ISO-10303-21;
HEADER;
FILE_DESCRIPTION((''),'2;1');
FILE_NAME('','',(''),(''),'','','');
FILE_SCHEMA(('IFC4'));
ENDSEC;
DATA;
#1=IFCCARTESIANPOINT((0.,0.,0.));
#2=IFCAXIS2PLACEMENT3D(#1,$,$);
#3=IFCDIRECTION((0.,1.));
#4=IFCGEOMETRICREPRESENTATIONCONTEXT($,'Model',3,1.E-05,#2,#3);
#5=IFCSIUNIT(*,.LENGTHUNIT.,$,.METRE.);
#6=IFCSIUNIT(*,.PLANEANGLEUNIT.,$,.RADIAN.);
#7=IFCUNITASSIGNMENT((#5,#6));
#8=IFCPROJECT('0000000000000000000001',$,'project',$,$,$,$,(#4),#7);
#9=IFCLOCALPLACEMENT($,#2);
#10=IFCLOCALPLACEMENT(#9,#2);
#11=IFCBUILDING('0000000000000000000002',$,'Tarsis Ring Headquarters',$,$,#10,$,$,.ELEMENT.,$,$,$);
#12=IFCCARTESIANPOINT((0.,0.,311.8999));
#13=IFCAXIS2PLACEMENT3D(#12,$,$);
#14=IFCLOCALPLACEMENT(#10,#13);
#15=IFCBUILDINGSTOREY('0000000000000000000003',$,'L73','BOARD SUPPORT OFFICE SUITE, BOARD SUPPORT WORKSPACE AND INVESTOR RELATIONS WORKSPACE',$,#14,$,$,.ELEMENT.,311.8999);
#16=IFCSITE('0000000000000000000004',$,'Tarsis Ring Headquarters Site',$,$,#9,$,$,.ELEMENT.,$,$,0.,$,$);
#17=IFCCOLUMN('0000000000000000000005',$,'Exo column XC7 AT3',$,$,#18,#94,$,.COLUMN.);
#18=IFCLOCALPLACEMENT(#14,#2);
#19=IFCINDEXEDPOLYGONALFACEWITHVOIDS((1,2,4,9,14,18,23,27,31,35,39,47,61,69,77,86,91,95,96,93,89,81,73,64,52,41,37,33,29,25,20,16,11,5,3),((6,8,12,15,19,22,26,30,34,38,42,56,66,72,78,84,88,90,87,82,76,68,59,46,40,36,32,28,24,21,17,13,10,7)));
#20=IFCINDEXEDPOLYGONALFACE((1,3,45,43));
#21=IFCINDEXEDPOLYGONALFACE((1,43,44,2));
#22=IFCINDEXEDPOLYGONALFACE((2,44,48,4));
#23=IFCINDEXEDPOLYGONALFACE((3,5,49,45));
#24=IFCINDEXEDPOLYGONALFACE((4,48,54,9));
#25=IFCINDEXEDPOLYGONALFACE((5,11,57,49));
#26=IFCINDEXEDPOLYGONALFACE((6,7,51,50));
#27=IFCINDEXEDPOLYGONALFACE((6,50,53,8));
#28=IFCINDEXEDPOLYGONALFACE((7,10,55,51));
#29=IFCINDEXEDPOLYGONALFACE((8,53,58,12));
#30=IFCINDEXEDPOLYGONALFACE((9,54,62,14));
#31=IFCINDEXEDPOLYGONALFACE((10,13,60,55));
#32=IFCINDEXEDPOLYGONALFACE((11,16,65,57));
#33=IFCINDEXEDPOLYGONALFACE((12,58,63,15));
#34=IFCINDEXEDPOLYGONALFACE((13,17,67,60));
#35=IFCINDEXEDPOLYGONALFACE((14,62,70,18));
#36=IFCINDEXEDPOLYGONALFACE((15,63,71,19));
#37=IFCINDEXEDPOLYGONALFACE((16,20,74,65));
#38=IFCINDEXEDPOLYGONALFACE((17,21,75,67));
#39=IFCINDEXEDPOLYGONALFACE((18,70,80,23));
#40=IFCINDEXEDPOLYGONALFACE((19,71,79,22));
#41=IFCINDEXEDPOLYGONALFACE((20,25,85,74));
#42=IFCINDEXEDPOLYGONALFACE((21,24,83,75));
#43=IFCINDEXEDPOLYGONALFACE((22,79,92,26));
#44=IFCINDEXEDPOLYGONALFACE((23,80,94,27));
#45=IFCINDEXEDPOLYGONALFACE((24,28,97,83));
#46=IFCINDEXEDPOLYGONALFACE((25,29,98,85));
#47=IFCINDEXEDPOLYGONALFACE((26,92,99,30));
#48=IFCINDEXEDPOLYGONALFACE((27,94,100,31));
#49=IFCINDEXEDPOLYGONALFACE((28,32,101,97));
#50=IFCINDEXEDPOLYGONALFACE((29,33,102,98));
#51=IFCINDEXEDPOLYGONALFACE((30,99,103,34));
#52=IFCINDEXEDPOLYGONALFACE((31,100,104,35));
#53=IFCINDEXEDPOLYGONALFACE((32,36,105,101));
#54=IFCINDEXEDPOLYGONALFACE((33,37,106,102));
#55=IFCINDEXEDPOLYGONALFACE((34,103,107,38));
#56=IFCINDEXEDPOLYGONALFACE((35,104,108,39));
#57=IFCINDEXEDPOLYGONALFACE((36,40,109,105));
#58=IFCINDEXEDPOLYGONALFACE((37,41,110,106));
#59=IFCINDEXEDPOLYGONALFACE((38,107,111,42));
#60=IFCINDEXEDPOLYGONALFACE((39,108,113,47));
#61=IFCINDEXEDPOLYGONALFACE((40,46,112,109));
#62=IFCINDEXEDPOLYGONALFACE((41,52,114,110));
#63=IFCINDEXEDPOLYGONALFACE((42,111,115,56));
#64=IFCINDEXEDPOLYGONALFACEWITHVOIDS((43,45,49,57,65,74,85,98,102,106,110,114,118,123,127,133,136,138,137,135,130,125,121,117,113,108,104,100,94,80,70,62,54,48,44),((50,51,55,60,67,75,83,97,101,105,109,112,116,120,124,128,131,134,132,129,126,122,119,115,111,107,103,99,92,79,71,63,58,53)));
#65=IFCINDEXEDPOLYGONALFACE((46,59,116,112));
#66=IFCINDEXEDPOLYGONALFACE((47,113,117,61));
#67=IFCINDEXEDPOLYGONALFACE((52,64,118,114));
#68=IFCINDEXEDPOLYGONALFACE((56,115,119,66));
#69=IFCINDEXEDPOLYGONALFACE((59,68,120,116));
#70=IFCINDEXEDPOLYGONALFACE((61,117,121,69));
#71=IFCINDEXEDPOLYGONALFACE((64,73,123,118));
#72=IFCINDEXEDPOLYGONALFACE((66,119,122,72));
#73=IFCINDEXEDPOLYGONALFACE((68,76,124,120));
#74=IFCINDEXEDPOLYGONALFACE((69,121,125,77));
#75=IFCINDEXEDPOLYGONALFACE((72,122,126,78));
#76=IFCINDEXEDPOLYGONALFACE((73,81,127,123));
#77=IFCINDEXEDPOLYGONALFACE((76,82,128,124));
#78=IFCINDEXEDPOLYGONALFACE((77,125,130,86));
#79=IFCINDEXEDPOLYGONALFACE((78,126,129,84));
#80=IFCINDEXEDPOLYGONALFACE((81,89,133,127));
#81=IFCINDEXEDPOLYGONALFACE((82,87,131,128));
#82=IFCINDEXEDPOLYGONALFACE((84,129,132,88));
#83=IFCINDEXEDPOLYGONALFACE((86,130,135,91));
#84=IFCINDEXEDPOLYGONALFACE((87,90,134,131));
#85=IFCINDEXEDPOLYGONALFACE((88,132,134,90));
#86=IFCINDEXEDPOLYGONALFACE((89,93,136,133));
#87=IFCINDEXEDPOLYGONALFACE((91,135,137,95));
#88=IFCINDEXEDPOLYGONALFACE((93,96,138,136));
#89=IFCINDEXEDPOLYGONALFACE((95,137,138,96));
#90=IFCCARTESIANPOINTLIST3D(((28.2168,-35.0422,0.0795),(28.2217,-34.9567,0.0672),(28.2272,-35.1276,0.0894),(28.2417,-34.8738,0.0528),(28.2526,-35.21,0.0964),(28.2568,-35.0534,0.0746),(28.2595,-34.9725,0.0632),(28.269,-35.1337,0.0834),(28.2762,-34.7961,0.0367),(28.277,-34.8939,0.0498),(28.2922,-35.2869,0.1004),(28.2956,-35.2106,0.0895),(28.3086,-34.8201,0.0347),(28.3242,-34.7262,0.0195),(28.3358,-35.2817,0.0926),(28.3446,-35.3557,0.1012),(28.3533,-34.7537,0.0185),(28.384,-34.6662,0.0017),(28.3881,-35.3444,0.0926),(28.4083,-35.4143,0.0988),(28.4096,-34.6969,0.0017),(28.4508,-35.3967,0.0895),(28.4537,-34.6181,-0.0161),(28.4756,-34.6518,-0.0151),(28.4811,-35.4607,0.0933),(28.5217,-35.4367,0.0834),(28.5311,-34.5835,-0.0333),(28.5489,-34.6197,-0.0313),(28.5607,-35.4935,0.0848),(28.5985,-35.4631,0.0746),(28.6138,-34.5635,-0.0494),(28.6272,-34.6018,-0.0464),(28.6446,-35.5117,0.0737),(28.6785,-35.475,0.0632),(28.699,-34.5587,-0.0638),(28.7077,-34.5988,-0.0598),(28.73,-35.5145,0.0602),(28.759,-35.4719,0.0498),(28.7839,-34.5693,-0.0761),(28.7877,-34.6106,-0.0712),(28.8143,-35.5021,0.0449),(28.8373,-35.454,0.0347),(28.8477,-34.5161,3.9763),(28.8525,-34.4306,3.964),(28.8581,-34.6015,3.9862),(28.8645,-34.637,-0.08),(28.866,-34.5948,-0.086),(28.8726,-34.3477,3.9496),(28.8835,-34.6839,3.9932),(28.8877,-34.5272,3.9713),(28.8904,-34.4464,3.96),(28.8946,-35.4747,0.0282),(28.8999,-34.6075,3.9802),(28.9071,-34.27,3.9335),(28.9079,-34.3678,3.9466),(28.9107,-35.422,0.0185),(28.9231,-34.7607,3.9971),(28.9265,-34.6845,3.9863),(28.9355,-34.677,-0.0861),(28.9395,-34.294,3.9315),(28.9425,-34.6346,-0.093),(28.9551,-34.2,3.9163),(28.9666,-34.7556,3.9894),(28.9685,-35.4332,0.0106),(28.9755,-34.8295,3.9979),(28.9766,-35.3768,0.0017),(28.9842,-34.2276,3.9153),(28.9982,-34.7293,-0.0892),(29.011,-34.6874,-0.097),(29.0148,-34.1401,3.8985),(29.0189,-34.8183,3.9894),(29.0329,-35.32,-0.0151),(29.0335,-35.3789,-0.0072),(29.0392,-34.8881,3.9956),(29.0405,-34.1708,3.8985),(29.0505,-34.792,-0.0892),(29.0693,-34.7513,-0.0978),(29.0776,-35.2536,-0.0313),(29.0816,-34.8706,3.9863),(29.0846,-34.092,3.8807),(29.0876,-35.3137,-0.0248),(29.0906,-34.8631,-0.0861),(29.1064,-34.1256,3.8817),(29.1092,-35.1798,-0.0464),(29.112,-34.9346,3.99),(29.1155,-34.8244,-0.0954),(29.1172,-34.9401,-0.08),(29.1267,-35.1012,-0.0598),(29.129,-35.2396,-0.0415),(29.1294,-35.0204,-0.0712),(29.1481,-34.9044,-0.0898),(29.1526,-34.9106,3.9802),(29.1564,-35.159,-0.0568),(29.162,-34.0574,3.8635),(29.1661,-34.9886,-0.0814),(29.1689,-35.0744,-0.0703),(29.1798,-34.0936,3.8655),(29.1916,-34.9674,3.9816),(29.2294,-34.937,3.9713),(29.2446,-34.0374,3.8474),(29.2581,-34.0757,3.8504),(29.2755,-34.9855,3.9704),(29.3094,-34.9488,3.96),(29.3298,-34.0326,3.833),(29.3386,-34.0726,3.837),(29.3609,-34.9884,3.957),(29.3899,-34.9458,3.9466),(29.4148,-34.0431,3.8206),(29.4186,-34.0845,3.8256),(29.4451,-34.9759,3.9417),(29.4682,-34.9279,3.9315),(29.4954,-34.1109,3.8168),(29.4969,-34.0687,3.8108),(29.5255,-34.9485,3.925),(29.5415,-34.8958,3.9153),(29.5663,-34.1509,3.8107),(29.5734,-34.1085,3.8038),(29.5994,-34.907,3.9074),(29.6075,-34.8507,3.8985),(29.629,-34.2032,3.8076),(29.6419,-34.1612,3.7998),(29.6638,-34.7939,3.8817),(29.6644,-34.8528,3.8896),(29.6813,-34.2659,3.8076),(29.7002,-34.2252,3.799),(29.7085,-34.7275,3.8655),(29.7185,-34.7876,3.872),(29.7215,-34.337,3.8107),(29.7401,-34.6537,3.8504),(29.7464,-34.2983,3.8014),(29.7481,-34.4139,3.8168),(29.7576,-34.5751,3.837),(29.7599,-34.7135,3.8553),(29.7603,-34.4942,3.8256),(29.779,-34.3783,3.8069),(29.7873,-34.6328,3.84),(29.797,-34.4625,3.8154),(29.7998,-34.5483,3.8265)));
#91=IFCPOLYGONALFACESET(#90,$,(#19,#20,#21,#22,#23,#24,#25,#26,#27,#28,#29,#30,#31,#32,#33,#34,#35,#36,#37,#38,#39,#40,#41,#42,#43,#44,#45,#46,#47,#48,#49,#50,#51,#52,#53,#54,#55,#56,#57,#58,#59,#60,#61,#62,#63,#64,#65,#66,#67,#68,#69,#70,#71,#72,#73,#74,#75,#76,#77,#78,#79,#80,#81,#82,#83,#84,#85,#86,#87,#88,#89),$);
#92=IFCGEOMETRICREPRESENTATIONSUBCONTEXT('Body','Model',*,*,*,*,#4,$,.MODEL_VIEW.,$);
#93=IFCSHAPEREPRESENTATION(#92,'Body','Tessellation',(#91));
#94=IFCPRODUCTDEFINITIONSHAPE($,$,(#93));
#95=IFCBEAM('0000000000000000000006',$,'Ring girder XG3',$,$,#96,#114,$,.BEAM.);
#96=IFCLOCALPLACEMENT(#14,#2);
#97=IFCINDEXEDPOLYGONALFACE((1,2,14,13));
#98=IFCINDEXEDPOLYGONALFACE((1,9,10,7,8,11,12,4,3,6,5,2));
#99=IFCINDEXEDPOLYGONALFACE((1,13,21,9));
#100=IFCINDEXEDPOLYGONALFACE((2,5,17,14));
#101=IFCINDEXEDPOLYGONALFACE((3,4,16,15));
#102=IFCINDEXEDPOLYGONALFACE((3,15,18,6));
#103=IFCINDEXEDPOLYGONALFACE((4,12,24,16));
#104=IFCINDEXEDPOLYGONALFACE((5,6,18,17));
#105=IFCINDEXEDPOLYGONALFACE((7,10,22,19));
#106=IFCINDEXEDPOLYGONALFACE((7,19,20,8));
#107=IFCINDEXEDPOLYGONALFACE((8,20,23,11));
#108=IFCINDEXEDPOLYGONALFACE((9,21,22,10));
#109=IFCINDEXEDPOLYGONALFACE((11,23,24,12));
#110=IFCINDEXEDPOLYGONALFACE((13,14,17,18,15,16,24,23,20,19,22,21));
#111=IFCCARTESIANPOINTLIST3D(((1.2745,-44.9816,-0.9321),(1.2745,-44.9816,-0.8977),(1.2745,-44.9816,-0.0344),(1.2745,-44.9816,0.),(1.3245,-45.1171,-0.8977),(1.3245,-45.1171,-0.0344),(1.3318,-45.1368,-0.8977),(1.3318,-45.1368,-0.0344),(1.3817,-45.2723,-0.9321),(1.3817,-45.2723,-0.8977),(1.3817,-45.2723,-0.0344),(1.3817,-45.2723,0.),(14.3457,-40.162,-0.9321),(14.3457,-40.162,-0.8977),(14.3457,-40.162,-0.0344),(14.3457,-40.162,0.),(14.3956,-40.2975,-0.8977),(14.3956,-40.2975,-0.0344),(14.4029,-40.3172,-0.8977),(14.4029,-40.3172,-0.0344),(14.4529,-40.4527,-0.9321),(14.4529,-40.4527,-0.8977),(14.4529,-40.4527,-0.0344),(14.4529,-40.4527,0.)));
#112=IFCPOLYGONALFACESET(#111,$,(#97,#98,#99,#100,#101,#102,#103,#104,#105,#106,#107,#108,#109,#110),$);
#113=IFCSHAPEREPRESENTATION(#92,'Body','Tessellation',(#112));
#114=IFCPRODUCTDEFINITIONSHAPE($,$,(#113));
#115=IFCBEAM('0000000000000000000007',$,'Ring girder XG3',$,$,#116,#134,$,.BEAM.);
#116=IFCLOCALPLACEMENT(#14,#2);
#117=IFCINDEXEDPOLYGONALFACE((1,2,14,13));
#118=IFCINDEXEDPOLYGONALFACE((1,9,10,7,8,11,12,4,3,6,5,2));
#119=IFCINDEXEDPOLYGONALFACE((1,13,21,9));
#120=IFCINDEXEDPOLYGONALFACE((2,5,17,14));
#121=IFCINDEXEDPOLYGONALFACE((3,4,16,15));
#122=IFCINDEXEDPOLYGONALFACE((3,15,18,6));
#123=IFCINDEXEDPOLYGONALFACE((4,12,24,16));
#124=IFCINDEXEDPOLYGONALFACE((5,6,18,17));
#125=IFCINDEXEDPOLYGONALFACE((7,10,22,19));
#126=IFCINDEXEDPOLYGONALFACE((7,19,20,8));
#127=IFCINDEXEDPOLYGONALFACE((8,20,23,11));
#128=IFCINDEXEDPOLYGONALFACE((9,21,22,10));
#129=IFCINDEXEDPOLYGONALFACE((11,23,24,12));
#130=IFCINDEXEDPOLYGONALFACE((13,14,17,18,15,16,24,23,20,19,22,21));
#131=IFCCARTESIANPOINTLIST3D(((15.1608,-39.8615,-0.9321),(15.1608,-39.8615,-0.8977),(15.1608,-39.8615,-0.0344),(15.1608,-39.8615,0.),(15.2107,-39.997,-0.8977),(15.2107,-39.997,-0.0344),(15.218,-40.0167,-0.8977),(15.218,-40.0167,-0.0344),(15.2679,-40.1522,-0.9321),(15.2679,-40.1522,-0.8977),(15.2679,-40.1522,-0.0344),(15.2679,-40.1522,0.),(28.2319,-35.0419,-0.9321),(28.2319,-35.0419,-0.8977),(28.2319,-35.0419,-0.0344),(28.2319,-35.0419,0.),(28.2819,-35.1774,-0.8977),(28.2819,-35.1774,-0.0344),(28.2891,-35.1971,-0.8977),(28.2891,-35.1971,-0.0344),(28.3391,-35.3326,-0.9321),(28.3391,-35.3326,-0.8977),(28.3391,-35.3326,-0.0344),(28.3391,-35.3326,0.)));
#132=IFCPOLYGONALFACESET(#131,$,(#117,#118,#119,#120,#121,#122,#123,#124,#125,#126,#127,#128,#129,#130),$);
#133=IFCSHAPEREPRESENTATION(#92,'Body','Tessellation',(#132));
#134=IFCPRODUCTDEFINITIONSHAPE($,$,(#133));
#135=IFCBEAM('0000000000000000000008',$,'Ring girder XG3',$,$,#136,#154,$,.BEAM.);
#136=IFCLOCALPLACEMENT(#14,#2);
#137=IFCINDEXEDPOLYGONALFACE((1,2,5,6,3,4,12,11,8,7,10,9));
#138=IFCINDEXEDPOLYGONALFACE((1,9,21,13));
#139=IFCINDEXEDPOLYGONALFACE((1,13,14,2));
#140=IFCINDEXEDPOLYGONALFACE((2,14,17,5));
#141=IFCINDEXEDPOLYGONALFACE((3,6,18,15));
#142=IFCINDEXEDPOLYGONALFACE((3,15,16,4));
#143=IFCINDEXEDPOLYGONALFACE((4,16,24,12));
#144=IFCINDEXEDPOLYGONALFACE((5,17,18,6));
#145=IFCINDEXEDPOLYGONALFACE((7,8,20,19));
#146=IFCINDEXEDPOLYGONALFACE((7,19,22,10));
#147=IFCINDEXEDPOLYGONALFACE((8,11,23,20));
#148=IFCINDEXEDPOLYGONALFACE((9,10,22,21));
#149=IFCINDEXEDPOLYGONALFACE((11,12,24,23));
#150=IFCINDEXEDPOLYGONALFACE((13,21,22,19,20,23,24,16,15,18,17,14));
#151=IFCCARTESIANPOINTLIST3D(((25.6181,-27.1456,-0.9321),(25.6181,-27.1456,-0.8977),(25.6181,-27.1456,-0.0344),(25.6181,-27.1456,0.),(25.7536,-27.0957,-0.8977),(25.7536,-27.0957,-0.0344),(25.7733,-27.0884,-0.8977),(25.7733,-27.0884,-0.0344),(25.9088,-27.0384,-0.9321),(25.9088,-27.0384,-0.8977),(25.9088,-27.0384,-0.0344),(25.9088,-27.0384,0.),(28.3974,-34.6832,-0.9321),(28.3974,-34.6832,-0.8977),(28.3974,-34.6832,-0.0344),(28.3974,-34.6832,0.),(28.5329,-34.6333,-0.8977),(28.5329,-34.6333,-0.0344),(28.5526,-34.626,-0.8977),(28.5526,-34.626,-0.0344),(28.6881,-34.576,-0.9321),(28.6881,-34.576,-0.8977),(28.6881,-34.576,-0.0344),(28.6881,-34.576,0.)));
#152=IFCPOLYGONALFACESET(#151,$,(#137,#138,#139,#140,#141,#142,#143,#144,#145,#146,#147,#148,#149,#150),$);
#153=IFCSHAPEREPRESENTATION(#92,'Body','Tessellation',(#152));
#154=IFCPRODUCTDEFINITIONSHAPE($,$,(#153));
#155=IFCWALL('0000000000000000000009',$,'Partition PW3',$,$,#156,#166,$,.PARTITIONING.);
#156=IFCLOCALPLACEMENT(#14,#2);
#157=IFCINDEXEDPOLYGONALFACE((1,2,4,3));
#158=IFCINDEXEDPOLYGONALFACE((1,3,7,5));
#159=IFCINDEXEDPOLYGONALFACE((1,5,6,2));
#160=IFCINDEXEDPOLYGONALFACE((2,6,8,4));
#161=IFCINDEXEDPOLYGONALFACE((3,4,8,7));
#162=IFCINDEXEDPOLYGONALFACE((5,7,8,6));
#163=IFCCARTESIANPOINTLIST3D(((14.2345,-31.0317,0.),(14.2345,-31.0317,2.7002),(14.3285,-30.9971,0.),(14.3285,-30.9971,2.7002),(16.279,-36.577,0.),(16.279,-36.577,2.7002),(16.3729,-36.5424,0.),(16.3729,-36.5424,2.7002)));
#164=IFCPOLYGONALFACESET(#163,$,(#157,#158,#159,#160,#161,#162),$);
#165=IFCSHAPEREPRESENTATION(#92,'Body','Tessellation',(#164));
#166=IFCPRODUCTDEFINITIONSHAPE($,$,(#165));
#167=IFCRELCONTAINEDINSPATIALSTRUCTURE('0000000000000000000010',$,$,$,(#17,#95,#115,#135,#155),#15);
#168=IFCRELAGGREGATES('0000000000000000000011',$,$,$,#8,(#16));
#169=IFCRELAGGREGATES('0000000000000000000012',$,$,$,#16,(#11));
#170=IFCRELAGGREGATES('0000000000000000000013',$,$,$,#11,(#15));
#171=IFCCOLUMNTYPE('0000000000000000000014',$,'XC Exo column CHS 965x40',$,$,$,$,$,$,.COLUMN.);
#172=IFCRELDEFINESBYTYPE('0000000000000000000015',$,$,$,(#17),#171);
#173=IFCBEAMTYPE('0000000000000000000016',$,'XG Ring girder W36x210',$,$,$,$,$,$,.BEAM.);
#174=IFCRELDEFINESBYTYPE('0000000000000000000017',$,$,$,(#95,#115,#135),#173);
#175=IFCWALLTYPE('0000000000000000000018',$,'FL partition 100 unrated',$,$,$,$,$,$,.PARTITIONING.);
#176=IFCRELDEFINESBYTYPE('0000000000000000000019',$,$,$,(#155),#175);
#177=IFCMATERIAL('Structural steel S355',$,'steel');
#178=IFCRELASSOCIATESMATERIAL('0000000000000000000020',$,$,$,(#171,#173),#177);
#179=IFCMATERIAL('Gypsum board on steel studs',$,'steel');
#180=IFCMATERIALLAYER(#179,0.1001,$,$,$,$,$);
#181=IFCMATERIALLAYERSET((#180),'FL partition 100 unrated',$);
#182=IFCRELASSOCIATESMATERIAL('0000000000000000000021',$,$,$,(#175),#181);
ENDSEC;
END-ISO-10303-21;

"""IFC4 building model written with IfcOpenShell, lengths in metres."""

from ifc_helpers import new_model, si_unit, direction, frame, frame_2d, origin, origin_2d, place, context, subcontext, project, spatial, rectangle, hollow_circle, i_section, extrude, material, layer, layer_set, material_profile, profile_set, type_object, element, save


model = new_model("IFC4")

# Units and contexts
model_context = context("Model", 3, precision=1e-05, world=origin(), true_north=direction((0.0, 1.0)))
body_context = subcontext(model_context, "Body", "Model", "MODEL_VIEW")
ifc_project = project(units=[si_unit("LENGTHUNIT", "METRE"), si_unit("PLANEANGLEUNIT", "RADIAN")], contexts=[model_context])

# Site, building, storey
site_placement = place(None, origin())
site = spatial("IfcSite", under=ifc_project, at=site_placement, Name="Tarsis Ring Headquarters Site", CompositionType="ELEMENT", RefElevation=0.0)
building_placement = place(site_placement, origin())
building = spatial("IfcBuilding", under=site, at=building_placement, Name="Tarsis Ring Headquarters", CompositionType="ELEMENT")
storey_placement = place(building_placement, frame((0.0, 0.0, 311.8999)))
storey = spatial("IfcBuildingStorey", under=building, at=storey_placement, Name="L73", Description="BOARD SUPPORT OFFICE SUITE, BOARD SUPPORT WORKSPACE AND INVESTOR RELATIONS WORKSPACE", CompositionType="ELEMENT", Elevation=311.8999)

# Column
ifc_material_1 = material(Name="Structural steel S355", Category="steel")
ifc_material_profile_1 = material_profile(ifc_material_1, hollow_circle(Radius=0.4827, WallThickness=0.04, at=origin_2d()), Name="CHS 965x40")
ifc_profile_set_1 = profile_set([ifc_material_profile_1], Name="Structural steel S355")
column_type = type_object("IfcColumnType", Name="XC Exo column CHS 965x40", PredefinedType="COLUMN", material=ifc_profile_set_1)
column_1_placement = place(storey_placement, frame((28.6931, -35.0369, 0.0017), z_axis=(0.158413, 0.132113, 0.978494), x_axis=(-0.640477, 0.767978, 0.0)))
element("IfcColumn", 1, at=column_1_placement, inside=storey, type_object=column_type, Name="Exo column XC7 AT3", PredefinedType="COLUMN", context=body_context, shape_type="SweptSolid", body=[
    extrude(hollow_circle(Radius=0.4827, WallThickness=0.04, at=origin_2d()), origin(), (0.0, 0.0, 1.0), 3.9824),
])

# Beams
ifc_material_profile_2 = material_profile(ifc_material_1, i_section(OverallWidth=0.3098, OverallDepth=0.9321, WebThickness=0.021, FlangeThickness=0.0344, at=origin_2d()), Name="W36x210")
ifc_profile_set_2 = profile_set([ifc_material_profile_2], Name="Structural steel S355")
beam_type = type_object("IfcBeamType", Name="XG Ring girder W36x210", PredefinedType="BEAM", material=ifc_profile_set_2)
for number, where, z_axis, x_axis, name in (
    (2, (1.3281, -45.127, -0.4661), (0.938252, 0.345954, 0.0), (-0.345954, 0.938252, 0.0), "Ring girder XG3"),
    (3, (15.2144, -40.0068, -0.4661), (0.938252, 0.345954, 0.0), (-0.345954, 0.938252, 0.0), "Ring girder XG3"),
):
    element("IfcBeam", number, at=place(storey_placement, frame(where, z_axis=z_axis, x_axis=x_axis)), inside=storey, type_object=beam_type, Name=name, PredefinedType="BEAM", context=body_context, shape_type="SweptSolid", body=[
        extrude(i_section(OverallWidth=0.3098, OverallDepth=0.9321, WebThickness=0.021, FlangeThickness=0.0344, at=origin_2d()), origin(), (0.0, 0.0, 1.0), 13.9314),
    ])
beam_placement = place(storey_placement, frame((28.5427, -34.6296, -0.4661), z_axis=(-0.345956, 0.938251, 0.0), x_axis=(-0.938251, -0.345956, 0.0)))
element("IfcBeam", 4, at=beam_placement, inside=storey, type_object=beam_type, Name="Ring girder XG3", PredefinedType="BEAM", context=body_context, shape_type="SweptSolid", body=[
    extrude(i_section(OverallWidth=0.3098, OverallDepth=0.9321, WebThickness=0.021, FlangeThickness=0.0344, at=origin_2d()), origin(), (0.0, 0.0, 1.0), 8.0337),
])

# Wall
ifc_material_2 = material(Name="Gypsum board on steel studs", Category="steel")
ifc_layer_1 = layer(ifc_material_2, 0.1001)
ifc_layer_set_1 = layer_set([ifc_layer_1], Name="FL partition 100 unrated")
wall_type_1 = type_object("IfcWallType", Name="FL partition 100 unrated", PredefinedType="PARTITIONING", material=ifc_layer_set_1)
wall_1_placement = place(storey_placement, frame((14.2815, -31.0144, 0.0), z_axis=(0.0, 0.0, 1.0), x_axis=(0.345925, -0.938262, 0.0)))
element("IfcWall", 5, at=wall_1_placement, inside=storey, type_object=wall_type_1, Name="Partition PW3", PredefinedType="PARTITIONING", context=body_context, shape_type="SweptSolid", body=[
    extrude(rectangle(XDim=5.9102, YDim=0.1001, at=frame_2d((2.9551, 0.0))), origin(), (0.0, 0.0, 1.0), 2.7002),
])

save(model, "model.ifc")
